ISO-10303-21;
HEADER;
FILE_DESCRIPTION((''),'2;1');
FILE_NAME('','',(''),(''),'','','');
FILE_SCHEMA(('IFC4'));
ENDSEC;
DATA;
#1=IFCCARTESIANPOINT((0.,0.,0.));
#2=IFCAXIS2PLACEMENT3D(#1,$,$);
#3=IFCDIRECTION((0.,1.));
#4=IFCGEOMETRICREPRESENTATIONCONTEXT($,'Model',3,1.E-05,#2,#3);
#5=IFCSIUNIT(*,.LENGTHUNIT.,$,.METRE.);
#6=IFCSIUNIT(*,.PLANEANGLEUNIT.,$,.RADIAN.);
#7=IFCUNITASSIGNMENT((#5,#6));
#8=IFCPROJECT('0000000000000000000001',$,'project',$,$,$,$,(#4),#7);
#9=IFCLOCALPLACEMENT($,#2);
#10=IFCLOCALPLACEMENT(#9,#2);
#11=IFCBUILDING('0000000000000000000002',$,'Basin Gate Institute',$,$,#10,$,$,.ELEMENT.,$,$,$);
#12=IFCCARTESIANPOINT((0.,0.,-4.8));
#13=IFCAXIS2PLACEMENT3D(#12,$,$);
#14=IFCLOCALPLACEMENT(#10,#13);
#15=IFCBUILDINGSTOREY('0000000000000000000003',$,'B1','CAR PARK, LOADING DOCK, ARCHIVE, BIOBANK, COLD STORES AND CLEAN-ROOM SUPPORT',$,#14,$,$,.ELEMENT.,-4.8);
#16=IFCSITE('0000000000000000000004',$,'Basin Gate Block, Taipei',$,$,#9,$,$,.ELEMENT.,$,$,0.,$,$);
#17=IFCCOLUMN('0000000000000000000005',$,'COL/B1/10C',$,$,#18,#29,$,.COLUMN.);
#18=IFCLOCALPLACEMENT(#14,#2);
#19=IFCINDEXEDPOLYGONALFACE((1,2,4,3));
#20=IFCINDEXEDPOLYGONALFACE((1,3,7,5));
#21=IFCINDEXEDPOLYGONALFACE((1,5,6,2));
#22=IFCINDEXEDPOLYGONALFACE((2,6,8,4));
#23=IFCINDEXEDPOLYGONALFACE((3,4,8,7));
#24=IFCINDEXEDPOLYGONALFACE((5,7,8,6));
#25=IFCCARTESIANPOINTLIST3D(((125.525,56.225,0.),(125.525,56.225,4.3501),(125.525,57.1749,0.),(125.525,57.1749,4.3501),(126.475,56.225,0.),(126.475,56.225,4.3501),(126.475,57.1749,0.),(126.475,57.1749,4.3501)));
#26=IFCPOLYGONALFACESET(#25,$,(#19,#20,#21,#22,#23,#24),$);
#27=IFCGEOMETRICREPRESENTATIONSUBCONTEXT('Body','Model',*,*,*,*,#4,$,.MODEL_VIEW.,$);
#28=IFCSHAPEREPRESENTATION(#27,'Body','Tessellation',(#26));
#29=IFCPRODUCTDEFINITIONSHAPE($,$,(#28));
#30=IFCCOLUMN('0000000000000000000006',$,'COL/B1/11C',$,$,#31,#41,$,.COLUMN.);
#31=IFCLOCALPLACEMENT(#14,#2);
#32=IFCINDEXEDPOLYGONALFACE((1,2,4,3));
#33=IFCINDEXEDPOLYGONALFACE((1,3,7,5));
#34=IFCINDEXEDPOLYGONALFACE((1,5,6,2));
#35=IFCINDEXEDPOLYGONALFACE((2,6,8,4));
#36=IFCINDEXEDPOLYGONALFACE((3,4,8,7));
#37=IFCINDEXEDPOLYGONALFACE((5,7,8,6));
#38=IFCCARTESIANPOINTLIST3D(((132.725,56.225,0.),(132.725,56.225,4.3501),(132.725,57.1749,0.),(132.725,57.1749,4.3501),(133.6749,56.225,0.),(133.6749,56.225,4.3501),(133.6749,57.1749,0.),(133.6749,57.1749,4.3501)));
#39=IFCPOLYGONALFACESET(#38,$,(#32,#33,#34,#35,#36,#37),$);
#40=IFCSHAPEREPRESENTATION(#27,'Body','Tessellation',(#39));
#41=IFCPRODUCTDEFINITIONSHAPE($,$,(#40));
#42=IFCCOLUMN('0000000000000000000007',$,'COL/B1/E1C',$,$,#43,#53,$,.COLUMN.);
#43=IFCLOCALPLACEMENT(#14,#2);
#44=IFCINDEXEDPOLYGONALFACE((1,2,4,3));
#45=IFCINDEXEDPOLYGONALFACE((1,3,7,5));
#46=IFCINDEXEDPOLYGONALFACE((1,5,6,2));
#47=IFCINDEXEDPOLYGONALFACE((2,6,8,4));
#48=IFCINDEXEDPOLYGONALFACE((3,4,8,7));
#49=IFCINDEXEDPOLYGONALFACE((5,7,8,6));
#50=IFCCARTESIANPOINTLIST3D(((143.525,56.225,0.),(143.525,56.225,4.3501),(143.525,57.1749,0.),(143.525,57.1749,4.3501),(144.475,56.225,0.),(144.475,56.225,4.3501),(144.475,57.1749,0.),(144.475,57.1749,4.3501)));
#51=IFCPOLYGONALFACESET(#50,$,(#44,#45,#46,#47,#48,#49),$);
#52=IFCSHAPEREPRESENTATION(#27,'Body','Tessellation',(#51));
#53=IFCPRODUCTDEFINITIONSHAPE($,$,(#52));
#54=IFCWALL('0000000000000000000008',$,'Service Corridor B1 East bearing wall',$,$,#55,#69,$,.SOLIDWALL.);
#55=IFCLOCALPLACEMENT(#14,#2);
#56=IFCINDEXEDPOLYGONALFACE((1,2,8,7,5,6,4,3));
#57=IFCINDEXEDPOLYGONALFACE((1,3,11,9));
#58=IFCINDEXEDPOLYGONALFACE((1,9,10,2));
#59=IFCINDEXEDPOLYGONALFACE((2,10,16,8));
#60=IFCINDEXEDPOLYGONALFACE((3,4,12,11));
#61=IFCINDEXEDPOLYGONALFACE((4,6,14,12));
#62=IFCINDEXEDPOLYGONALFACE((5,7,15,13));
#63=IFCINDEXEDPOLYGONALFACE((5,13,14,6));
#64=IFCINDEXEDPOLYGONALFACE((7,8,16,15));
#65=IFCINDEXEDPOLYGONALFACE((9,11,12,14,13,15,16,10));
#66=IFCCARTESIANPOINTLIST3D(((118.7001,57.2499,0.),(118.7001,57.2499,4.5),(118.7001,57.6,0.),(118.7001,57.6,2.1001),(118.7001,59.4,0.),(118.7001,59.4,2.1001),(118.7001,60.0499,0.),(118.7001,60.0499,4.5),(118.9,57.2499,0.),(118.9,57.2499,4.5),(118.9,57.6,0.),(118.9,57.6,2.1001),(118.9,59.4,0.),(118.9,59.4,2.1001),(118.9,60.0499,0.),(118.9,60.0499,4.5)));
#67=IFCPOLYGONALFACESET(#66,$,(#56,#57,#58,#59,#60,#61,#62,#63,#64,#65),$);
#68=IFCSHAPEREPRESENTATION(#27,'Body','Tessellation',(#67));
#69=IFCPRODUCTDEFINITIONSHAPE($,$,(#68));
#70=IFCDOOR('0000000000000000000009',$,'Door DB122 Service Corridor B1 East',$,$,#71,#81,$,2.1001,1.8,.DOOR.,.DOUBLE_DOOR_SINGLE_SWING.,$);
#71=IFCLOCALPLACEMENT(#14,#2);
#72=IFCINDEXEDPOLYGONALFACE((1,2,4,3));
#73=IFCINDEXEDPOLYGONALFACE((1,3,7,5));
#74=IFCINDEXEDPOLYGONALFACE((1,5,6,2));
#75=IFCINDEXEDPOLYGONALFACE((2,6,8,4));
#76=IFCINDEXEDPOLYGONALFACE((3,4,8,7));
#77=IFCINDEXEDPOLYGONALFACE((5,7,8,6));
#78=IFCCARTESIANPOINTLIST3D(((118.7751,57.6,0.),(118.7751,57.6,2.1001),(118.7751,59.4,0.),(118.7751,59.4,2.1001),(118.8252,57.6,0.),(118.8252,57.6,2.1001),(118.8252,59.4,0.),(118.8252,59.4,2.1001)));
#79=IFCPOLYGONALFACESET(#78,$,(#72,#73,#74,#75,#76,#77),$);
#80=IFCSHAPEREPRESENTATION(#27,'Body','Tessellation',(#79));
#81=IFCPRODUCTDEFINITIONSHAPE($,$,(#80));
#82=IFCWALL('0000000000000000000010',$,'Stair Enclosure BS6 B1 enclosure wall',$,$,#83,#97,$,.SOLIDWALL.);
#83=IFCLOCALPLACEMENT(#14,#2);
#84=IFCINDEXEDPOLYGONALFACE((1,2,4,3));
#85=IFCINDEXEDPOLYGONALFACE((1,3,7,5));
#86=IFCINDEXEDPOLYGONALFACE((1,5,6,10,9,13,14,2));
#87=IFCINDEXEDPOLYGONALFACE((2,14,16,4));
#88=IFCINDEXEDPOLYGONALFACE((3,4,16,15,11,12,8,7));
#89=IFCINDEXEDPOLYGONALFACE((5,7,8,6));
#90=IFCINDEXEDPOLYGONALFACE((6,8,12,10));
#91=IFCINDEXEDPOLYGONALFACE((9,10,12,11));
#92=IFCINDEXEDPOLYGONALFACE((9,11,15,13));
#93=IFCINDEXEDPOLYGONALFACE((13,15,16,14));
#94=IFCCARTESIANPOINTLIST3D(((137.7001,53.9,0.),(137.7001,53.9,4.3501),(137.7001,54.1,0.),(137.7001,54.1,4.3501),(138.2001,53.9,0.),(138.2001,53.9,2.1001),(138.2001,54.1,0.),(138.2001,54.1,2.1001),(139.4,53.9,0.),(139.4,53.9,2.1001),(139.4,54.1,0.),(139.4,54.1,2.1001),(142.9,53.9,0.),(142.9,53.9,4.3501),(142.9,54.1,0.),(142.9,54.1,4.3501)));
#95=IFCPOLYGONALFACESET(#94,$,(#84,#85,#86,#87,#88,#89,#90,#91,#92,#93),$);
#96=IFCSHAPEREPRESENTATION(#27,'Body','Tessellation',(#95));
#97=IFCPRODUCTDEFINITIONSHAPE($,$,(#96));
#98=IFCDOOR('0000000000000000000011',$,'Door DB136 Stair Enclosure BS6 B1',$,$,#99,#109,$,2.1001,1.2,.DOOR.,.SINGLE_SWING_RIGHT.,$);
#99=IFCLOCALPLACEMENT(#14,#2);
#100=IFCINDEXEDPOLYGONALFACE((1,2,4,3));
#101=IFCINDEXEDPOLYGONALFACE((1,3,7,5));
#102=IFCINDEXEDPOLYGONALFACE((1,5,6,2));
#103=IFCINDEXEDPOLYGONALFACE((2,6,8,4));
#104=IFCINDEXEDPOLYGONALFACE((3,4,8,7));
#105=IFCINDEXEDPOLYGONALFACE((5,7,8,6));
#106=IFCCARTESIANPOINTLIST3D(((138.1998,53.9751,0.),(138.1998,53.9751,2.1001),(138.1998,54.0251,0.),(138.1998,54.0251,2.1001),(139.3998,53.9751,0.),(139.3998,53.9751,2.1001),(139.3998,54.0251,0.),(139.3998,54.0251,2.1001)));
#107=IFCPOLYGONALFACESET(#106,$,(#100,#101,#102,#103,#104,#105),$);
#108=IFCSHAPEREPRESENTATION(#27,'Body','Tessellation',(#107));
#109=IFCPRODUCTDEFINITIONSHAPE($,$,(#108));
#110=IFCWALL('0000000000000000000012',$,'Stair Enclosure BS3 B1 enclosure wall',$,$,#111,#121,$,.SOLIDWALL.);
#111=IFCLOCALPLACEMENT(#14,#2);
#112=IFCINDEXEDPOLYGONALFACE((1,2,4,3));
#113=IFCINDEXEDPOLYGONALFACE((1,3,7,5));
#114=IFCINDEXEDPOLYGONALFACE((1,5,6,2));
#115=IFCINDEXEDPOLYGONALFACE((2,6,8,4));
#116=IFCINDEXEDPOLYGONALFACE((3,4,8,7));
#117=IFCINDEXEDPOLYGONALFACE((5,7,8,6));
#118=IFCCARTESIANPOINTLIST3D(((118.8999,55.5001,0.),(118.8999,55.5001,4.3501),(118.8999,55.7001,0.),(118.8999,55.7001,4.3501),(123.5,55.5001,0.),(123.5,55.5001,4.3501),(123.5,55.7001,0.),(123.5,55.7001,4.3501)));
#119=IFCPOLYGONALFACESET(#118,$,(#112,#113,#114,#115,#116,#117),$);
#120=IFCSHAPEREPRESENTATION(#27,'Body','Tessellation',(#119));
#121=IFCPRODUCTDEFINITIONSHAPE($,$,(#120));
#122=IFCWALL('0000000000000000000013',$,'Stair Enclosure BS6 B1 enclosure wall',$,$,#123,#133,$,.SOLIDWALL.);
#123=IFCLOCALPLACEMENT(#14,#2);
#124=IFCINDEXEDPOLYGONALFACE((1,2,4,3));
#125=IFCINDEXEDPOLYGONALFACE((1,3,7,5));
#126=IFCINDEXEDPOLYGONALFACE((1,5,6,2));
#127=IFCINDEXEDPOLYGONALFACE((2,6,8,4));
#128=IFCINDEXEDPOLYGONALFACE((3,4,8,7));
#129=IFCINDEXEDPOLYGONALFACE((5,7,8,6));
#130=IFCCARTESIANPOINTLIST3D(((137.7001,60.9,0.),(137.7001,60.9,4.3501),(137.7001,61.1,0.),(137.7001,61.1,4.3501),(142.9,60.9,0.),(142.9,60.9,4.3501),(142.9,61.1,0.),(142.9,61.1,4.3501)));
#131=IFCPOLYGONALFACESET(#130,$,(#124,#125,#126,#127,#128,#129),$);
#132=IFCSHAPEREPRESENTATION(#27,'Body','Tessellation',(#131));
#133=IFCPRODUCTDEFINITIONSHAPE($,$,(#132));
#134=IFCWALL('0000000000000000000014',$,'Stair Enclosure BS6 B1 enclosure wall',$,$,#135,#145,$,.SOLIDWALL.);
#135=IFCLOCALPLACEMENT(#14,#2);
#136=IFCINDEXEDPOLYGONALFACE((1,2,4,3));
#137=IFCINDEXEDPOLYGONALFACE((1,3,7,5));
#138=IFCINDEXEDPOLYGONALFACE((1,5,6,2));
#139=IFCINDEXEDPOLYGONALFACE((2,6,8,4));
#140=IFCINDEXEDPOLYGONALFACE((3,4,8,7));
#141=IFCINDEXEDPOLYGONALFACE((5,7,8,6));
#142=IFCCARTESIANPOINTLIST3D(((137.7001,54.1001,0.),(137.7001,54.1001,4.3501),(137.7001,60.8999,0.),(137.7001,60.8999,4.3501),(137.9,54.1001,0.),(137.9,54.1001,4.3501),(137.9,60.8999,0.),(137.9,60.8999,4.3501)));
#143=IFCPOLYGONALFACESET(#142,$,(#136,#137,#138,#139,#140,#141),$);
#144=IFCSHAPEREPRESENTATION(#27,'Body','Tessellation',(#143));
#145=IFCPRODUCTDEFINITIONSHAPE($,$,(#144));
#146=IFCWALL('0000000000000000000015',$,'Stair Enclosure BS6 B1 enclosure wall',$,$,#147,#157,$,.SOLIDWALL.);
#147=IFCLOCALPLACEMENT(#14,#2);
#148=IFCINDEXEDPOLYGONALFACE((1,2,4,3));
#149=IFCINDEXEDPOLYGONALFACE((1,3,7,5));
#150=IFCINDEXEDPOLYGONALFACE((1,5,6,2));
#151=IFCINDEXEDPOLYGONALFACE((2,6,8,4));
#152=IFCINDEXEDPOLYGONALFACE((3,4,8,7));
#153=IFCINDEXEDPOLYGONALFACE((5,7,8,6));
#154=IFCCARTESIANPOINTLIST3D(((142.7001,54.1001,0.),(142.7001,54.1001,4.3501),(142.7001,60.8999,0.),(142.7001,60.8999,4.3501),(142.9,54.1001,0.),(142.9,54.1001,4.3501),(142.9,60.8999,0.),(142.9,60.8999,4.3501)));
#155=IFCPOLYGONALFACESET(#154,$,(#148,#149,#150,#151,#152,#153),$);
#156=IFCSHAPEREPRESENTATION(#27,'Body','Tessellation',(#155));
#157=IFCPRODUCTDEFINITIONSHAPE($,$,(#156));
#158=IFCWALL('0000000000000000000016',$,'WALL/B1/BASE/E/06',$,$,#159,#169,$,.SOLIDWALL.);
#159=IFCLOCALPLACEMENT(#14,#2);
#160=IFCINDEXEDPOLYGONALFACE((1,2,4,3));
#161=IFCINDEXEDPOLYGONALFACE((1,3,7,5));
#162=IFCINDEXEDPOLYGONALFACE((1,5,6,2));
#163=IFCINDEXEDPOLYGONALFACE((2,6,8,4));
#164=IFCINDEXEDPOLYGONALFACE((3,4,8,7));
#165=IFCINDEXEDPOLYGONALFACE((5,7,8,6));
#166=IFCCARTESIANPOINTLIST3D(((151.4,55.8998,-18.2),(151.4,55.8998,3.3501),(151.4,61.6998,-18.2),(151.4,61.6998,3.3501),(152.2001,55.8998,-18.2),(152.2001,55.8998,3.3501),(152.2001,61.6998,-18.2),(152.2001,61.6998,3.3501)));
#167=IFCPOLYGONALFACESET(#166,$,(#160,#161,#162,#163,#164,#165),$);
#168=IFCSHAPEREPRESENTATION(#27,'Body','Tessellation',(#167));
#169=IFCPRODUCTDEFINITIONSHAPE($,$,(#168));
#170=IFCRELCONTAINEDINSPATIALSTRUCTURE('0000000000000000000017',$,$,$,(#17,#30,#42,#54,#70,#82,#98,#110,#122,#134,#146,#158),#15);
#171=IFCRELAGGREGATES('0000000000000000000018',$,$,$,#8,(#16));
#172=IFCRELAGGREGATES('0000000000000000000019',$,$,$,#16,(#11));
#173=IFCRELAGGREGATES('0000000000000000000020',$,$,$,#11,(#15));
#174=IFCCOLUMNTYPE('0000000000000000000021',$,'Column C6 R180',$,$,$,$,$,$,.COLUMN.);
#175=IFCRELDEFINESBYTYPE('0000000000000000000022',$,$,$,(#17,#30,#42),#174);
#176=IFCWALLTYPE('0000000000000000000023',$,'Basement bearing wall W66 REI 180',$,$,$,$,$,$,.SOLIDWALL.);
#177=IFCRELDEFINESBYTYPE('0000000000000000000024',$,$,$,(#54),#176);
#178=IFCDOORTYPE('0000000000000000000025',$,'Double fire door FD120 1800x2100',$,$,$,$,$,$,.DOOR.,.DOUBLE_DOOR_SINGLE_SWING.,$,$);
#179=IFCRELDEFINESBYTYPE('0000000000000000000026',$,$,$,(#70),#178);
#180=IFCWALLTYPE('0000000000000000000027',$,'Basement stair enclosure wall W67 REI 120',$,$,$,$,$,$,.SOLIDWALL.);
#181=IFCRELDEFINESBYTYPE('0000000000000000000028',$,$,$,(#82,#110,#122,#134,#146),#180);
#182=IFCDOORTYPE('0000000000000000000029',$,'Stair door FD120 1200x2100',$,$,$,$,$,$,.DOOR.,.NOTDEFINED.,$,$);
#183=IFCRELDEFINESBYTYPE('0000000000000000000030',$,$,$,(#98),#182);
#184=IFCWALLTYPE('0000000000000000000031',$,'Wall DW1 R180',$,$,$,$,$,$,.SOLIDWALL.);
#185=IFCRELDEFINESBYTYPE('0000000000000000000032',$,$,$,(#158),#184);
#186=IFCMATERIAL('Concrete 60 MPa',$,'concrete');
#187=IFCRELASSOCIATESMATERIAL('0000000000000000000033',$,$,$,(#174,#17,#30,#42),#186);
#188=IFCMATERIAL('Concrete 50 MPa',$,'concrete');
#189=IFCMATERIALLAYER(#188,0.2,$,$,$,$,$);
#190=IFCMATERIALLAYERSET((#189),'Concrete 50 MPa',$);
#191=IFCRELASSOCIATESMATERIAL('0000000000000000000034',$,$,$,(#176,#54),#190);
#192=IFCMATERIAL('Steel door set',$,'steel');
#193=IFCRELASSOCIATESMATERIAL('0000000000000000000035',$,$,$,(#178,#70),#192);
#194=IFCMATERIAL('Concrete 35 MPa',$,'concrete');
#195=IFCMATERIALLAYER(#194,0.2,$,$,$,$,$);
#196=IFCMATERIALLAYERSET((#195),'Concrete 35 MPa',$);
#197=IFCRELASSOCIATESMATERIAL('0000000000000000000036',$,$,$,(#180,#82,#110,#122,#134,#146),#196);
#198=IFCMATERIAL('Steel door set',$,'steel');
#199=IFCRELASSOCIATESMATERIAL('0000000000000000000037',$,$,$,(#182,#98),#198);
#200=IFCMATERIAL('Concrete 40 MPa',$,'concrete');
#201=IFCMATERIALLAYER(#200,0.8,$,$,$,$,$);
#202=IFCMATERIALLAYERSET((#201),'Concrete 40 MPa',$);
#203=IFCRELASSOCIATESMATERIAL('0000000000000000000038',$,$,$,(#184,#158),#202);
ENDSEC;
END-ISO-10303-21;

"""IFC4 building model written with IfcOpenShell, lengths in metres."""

from ifc_helpers import new_model, si_unit, direction, frame, frame_2d, origin, origin_2d, place, context, subcontext, project, spatial, rectangle, extrude, material, layer, layer_set, material_profile, profile_set, type_object, element, fill, save


model = new_model("IFC4")

# Units and contexts
model_context = context("Model", 3, precision=1e-05, world=origin(), true_north=direction((0.0, 1.0)))
body_context = subcontext(model_context, "Body", "Model", "MODEL_VIEW")
ifc_project = project(units=[si_unit("LENGTHUNIT", "METRE"), si_unit("PLANEANGLEUNIT", "RADIAN")], contexts=[model_context])

# Site, building, storey
site_placement = place(None, origin())
site = spatial("IfcSite", under=ifc_project, at=site_placement, Name="Basin Gate Block, Taipei", CompositionType="ELEMENT", RefElevation=0.0)
building_placement = place(site_placement, origin())
building = spatial("IfcBuilding", under=site, at=building_placement, Name="Basin Gate Institute", CompositionType="ELEMENT")
storey_placement = place(building_placement, frame((0.0, 0.0, -4.8)))
storey = spatial("IfcBuildingStorey", under=building, at=storey_placement, Name="B1", Description="CAR PARK, LOADING DOCK, ARCHIVE, BIOBANK, COLD STORES AND CLEAN-ROOM SUPPORT", CompositionType="ELEMENT", Elevation=-4.8)

# Columns
ifc_material_1 = material(Name="Concrete 60 MPa", Category="concrete")
ifc_material_profile = material_profile(ifc_material_1, rectangle(XDim=0.95, YDim=0.95, at=origin_2d()), Name="Column C6 950 x 950")
ifc_profile_set = profile_set([ifc_material_profile], Name="Concrete 60 MPa")
column_type = type_object("IfcColumnType", Name="Column C6 R180", PredefinedType="COLUMN", material=ifc_profile_set)
for number, where, z_axis, x_axis, name in (
    (1, (126.0, 56.7, 0.0), (0.0, 0.0, 1.0), (1.0, 0.0, 0.0), "COL/B1/10C"),
    (2, (133.2, 56.7, 0.0), (0.0, 0.0, 1.0), (1.0, 0.0, 0.0), "COL/B1/11C"),
    (3, (144.0, 56.7, 0.0), (0.0, 0.0, 1.0), (1.0, 0.0, 0.0), "COL/B1/E1C"),
):
    element("IfcColumn", number, at=place(storey_placement, frame(where, z_axis=z_axis, x_axis=x_axis)), inside=storey, type_object=column_type, material=ifc_profile_set, Name=name, PredefinedType="COLUMN", context=body_context, shape_type="SweptSolid", body=[
        extrude(rectangle(XDim=0.95, YDim=0.95, at=origin_2d()), origin(), (0.0, 0.0, 1.0), 4.3501),
    ])

# Walls, openings, doors
ifc_material_2 = material(Name="Concrete 50 MPa", Category="concrete")
ifc_layer_1 = layer(ifc_material_2, 0.2)
ifc_layer_set_1 = layer_set([ifc_layer_1], Name="Concrete 50 MPa")
wall_type_1 = type_object("IfcWallType", Name="Basement bearing wall W66 REI 180", PredefinedType="SOLIDWALL", material=ifc_layer_set_1)
wall_1_placement = place(storey_placement, frame((118.8, 57.25, 0.0), z_axis=(0.0, 0.0, 1.0), x_axis=(0.0, 1.0, 0.0)))
wall_1 = element("IfcWall", 4, at=wall_1_placement, inside=storey, type_object=wall_type_1, material=ifc_layer_set_1, Name="Service Corridor B1 East bearing wall", PredefinedType="SOLIDWALL", context=body_context, shape_type="SweptSolid", body=[
    extrude(rectangle(XDim=2.8, YDim=0.2, at=frame_2d((1.3999, 0.0))), origin(), (0.0, 0.0, 1.0), 4.5),
])
opening_1_placement = place(wall_1_placement, frame((0.3501, 0.0, 0.0)))
opening_1 = element("IfcOpeningElement", 5, at=opening_1_placement, cuts=wall_1, PredefinedType="OPENING", context=body_context, shape_type="SweptSolid", body=[
    extrude(rectangle(XDim=1.8, YDim=2.1001, at=frame_2d((0.8999, 1.05))), frame((0.0, 0.1099, 0.0), z_axis=(0.0, -1.0, 0.0), x_axis=(1.0, 0.0, 0.0)), (0.0, 0.0, 1.0), 0.22),
])
ifc_material_3 = material(Name="Steel door set", Category="steel")
door_type_1 = type_object("IfcDoorType", Name="Double fire door FD120 1800x2100", OperationType="DOUBLE_DOOR_SINGLE_SWING", PredefinedType="DOOR", material=ifc_material_3)
door_1_placement = place(opening_1_placement, origin())
door_1 = element("IfcDoor", 6, at=door_1_placement, inside=storey, type_object=door_type_1, material=ifc_material_3, Name="Door DB122 Service Corridor B1 East", OperationType="DOUBLE_DOOR_SINGLE_SWING", OverallHeight=2.1001, OverallWidth=1.8, PredefinedType="DOOR", context=body_context, shape_type="SweptSolid", body=[
    extrude(rectangle(XDim=1.8, YDim=2.1001, at=frame_2d((0.8999, 1.05))), frame((0.0, 0.0249, 0.0), z_axis=(0.0, -1.0, 0.0), x_axis=(1.0, 0.0, 0.0)), (0.0, 0.0, 1.0), 0.05),
])
fill(opening_1, door_1)
ifc_material_4 = material(Name="Concrete 35 MPa", Category="concrete")
ifc_layer_2 = layer(ifc_material_4, 0.2)
ifc_layer_set_2 = layer_set([ifc_layer_2], Name="Concrete 35 MPa")
wall_type_2 = type_object("IfcWallType", Name="Basement stair enclosure wall W67 REI 120", PredefinedType="SOLIDWALL", material=ifc_layer_set_2)
wall_2_placement = place(storey_placement, frame((137.7, 54.0, 0.0), z_axis=(0.0, 0.0, 1.0), x_axis=(1.0, 0.0, 0.0)))
wall_2 = element("IfcWall", 7, at=wall_2_placement, inside=storey, type_object=wall_type_2, material=ifc_layer_set_2, Name="Stair Enclosure BS6 B1 enclosure wall", PredefinedType="SOLIDWALL", context=body_context, shape_type="SweptSolid", body=[
    extrude(rectangle(XDim=5.2, YDim=0.2, at=frame_2d((2.6001, 0.0))), origin(), (0.0, 0.0, 1.0), 4.3501),
])
opening_2_placement = place(wall_2_placement, frame((0.5, 0.0, 0.0)))
opening_2 = element("IfcOpeningElement", 8, at=opening_2_placement, cuts=wall_2, PredefinedType="OPENING", context=body_context, shape_type="SweptSolid", body=[
    extrude(rectangle(XDim=1.2, YDim=2.1001, at=frame_2d((0.6001, 1.05))), frame((0.0, 0.1099, 0.0), z_axis=(0.0, -1.0, 0.0), x_axis=(1.0, 0.0, 0.0)), (0.0, 0.0, 1.0), 0.22),
])
ifc_material_5 = material(Name="Steel door set", Category="steel")
door_type_2 = type_object("IfcDoorType", Name="Stair door FD120 1200x2100", OperationType="NOTDEFINED", PredefinedType="DOOR", material=ifc_material_5)
door_2_placement = place(opening_2_placement, frame((1.2, 0.0, 0.0), z_axis=(0.0, 0.0, 1.0), x_axis=(-1.0, 0.0, 0.0)))
door_2 = element("IfcDoor", 9, at=door_2_placement, inside=storey, type_object=door_type_2, material=ifc_material_5, Name="Door DB136 Stair Enclosure BS6 B1", OperationType="SINGLE_SWING_RIGHT", OverallHeight=2.1001, OverallWidth=1.2, PredefinedType="DOOR", context=body_context, shape_type="SweptSolid", body=[
    extrude(rectangle(XDim=1.2, YDim=2.1001, at=frame_2d((0.6001, 1.05))), frame((0.0, 0.0249, 0.0), z_axis=(0.0, -1.0, 0.0), x_axis=(1.0, 0.0, 0.0)), (0.0, 0.0, 1.0), 0.05),
])
fill(opening_2, door_2)

# Walls
wall_3_placement = place(storey_placement, frame((118.8999, 55.6001, 0.0), z_axis=(0.0, 0.0, 1.0), x_axis=(1.0, 0.0, 0.0)))
element("IfcWall", 10, at=wall_3_placement, inside=storey, type_object=wall_type_2, material=ifc_layer_set_2, Name="Stair Enclosure BS3 B1 enclosure wall", PredefinedType="SOLIDWALL", context=body_context, shape_type="SweptSolid", body=[
    extrude(rectangle(XDim=4.6001, YDim=0.2, at=frame_2d((2.3, 0.0))), origin(), (0.0, 0.0, 1.0), 4.3501),
])
wall_4_placement = place(storey_placement, frame((137.7, 61.0, 0.0), z_axis=(0.0, 0.0, 1.0), x_axis=(1.0, 0.0, 0.0)))
element("IfcWall", 11, at=wall_4_placement, inside=storey, type_object=wall_type_2, material=ifc_layer_set_2, Name="Stair Enclosure BS6 B1 enclosure wall", PredefinedType="SOLIDWALL", context=body_context, shape_type="SweptSolid", body=[
    extrude(rectangle(XDim=5.2, YDim=0.2, at=frame_2d((2.6001, 0.0))), origin(), (0.0, 0.0, 1.0), 4.3501),
])
for number, where, z_axis, x_axis, name in (
    (12, (137.8, 54.1001, 0.0), (0.0, 0.0, 1.0), (0.0, 1.0, 0.0), "Stair Enclosure BS6 B1 enclosure wall"),
    (13, (142.8, 54.1001, 0.0), (0.0, 0.0, 1.0), (0.0, 1.0, 0.0), "Stair Enclosure BS6 B1 enclosure wall"),
):
    element("IfcWall", number, at=place(storey_placement, frame(where, z_axis=z_axis, x_axis=x_axis)), inside=storey, type_object=wall_type_2, material=ifc_layer_set_2, Name=name, PredefinedType="SOLIDWALL", context=body_context, shape_type="SweptSolid", body=[
        extrude(rectangle(XDim=6.7998, YDim=0.2, at=frame_2d((3.3999, 0.0))), origin(), (0.0, 0.0, 1.0), 4.3501),
    ])
ifc_material_6 = material(Name="Concrete 40 MPa", Category="concrete")
ifc_layer_3 = layer(ifc_material_6, 0.8)
ifc_layer_set_3 = layer_set([ifc_layer_3], Name="Concrete 40 MPa")
wall_type_3 = type_object("IfcWallType", Name="Wall DW1 R180", PredefinedType="SOLIDWALL", material=ifc_layer_set_3)
wall_5_placement = place(storey_placement, frame((151.8, 55.8999, -18.2), z_axis=(0.0, 0.0, 1.0), x_axis=(0.0, 1.0, 0.0)))
element("IfcWall", 14, at=wall_5_placement, inside=storey, type_object=wall_type_3, material=ifc_layer_set_3, Name="WALL/B1/BASE/E/06", PredefinedType="SOLIDWALL", context=body_context, shape_type="SweptSolid", body=[
    extrude(rectangle(XDim=5.8, YDim=0.8, at=frame_2d((2.8999, 0.0))), origin(), (0.0, 0.0, 1.0), 21.55),
])

save(model, "model.ifc")
